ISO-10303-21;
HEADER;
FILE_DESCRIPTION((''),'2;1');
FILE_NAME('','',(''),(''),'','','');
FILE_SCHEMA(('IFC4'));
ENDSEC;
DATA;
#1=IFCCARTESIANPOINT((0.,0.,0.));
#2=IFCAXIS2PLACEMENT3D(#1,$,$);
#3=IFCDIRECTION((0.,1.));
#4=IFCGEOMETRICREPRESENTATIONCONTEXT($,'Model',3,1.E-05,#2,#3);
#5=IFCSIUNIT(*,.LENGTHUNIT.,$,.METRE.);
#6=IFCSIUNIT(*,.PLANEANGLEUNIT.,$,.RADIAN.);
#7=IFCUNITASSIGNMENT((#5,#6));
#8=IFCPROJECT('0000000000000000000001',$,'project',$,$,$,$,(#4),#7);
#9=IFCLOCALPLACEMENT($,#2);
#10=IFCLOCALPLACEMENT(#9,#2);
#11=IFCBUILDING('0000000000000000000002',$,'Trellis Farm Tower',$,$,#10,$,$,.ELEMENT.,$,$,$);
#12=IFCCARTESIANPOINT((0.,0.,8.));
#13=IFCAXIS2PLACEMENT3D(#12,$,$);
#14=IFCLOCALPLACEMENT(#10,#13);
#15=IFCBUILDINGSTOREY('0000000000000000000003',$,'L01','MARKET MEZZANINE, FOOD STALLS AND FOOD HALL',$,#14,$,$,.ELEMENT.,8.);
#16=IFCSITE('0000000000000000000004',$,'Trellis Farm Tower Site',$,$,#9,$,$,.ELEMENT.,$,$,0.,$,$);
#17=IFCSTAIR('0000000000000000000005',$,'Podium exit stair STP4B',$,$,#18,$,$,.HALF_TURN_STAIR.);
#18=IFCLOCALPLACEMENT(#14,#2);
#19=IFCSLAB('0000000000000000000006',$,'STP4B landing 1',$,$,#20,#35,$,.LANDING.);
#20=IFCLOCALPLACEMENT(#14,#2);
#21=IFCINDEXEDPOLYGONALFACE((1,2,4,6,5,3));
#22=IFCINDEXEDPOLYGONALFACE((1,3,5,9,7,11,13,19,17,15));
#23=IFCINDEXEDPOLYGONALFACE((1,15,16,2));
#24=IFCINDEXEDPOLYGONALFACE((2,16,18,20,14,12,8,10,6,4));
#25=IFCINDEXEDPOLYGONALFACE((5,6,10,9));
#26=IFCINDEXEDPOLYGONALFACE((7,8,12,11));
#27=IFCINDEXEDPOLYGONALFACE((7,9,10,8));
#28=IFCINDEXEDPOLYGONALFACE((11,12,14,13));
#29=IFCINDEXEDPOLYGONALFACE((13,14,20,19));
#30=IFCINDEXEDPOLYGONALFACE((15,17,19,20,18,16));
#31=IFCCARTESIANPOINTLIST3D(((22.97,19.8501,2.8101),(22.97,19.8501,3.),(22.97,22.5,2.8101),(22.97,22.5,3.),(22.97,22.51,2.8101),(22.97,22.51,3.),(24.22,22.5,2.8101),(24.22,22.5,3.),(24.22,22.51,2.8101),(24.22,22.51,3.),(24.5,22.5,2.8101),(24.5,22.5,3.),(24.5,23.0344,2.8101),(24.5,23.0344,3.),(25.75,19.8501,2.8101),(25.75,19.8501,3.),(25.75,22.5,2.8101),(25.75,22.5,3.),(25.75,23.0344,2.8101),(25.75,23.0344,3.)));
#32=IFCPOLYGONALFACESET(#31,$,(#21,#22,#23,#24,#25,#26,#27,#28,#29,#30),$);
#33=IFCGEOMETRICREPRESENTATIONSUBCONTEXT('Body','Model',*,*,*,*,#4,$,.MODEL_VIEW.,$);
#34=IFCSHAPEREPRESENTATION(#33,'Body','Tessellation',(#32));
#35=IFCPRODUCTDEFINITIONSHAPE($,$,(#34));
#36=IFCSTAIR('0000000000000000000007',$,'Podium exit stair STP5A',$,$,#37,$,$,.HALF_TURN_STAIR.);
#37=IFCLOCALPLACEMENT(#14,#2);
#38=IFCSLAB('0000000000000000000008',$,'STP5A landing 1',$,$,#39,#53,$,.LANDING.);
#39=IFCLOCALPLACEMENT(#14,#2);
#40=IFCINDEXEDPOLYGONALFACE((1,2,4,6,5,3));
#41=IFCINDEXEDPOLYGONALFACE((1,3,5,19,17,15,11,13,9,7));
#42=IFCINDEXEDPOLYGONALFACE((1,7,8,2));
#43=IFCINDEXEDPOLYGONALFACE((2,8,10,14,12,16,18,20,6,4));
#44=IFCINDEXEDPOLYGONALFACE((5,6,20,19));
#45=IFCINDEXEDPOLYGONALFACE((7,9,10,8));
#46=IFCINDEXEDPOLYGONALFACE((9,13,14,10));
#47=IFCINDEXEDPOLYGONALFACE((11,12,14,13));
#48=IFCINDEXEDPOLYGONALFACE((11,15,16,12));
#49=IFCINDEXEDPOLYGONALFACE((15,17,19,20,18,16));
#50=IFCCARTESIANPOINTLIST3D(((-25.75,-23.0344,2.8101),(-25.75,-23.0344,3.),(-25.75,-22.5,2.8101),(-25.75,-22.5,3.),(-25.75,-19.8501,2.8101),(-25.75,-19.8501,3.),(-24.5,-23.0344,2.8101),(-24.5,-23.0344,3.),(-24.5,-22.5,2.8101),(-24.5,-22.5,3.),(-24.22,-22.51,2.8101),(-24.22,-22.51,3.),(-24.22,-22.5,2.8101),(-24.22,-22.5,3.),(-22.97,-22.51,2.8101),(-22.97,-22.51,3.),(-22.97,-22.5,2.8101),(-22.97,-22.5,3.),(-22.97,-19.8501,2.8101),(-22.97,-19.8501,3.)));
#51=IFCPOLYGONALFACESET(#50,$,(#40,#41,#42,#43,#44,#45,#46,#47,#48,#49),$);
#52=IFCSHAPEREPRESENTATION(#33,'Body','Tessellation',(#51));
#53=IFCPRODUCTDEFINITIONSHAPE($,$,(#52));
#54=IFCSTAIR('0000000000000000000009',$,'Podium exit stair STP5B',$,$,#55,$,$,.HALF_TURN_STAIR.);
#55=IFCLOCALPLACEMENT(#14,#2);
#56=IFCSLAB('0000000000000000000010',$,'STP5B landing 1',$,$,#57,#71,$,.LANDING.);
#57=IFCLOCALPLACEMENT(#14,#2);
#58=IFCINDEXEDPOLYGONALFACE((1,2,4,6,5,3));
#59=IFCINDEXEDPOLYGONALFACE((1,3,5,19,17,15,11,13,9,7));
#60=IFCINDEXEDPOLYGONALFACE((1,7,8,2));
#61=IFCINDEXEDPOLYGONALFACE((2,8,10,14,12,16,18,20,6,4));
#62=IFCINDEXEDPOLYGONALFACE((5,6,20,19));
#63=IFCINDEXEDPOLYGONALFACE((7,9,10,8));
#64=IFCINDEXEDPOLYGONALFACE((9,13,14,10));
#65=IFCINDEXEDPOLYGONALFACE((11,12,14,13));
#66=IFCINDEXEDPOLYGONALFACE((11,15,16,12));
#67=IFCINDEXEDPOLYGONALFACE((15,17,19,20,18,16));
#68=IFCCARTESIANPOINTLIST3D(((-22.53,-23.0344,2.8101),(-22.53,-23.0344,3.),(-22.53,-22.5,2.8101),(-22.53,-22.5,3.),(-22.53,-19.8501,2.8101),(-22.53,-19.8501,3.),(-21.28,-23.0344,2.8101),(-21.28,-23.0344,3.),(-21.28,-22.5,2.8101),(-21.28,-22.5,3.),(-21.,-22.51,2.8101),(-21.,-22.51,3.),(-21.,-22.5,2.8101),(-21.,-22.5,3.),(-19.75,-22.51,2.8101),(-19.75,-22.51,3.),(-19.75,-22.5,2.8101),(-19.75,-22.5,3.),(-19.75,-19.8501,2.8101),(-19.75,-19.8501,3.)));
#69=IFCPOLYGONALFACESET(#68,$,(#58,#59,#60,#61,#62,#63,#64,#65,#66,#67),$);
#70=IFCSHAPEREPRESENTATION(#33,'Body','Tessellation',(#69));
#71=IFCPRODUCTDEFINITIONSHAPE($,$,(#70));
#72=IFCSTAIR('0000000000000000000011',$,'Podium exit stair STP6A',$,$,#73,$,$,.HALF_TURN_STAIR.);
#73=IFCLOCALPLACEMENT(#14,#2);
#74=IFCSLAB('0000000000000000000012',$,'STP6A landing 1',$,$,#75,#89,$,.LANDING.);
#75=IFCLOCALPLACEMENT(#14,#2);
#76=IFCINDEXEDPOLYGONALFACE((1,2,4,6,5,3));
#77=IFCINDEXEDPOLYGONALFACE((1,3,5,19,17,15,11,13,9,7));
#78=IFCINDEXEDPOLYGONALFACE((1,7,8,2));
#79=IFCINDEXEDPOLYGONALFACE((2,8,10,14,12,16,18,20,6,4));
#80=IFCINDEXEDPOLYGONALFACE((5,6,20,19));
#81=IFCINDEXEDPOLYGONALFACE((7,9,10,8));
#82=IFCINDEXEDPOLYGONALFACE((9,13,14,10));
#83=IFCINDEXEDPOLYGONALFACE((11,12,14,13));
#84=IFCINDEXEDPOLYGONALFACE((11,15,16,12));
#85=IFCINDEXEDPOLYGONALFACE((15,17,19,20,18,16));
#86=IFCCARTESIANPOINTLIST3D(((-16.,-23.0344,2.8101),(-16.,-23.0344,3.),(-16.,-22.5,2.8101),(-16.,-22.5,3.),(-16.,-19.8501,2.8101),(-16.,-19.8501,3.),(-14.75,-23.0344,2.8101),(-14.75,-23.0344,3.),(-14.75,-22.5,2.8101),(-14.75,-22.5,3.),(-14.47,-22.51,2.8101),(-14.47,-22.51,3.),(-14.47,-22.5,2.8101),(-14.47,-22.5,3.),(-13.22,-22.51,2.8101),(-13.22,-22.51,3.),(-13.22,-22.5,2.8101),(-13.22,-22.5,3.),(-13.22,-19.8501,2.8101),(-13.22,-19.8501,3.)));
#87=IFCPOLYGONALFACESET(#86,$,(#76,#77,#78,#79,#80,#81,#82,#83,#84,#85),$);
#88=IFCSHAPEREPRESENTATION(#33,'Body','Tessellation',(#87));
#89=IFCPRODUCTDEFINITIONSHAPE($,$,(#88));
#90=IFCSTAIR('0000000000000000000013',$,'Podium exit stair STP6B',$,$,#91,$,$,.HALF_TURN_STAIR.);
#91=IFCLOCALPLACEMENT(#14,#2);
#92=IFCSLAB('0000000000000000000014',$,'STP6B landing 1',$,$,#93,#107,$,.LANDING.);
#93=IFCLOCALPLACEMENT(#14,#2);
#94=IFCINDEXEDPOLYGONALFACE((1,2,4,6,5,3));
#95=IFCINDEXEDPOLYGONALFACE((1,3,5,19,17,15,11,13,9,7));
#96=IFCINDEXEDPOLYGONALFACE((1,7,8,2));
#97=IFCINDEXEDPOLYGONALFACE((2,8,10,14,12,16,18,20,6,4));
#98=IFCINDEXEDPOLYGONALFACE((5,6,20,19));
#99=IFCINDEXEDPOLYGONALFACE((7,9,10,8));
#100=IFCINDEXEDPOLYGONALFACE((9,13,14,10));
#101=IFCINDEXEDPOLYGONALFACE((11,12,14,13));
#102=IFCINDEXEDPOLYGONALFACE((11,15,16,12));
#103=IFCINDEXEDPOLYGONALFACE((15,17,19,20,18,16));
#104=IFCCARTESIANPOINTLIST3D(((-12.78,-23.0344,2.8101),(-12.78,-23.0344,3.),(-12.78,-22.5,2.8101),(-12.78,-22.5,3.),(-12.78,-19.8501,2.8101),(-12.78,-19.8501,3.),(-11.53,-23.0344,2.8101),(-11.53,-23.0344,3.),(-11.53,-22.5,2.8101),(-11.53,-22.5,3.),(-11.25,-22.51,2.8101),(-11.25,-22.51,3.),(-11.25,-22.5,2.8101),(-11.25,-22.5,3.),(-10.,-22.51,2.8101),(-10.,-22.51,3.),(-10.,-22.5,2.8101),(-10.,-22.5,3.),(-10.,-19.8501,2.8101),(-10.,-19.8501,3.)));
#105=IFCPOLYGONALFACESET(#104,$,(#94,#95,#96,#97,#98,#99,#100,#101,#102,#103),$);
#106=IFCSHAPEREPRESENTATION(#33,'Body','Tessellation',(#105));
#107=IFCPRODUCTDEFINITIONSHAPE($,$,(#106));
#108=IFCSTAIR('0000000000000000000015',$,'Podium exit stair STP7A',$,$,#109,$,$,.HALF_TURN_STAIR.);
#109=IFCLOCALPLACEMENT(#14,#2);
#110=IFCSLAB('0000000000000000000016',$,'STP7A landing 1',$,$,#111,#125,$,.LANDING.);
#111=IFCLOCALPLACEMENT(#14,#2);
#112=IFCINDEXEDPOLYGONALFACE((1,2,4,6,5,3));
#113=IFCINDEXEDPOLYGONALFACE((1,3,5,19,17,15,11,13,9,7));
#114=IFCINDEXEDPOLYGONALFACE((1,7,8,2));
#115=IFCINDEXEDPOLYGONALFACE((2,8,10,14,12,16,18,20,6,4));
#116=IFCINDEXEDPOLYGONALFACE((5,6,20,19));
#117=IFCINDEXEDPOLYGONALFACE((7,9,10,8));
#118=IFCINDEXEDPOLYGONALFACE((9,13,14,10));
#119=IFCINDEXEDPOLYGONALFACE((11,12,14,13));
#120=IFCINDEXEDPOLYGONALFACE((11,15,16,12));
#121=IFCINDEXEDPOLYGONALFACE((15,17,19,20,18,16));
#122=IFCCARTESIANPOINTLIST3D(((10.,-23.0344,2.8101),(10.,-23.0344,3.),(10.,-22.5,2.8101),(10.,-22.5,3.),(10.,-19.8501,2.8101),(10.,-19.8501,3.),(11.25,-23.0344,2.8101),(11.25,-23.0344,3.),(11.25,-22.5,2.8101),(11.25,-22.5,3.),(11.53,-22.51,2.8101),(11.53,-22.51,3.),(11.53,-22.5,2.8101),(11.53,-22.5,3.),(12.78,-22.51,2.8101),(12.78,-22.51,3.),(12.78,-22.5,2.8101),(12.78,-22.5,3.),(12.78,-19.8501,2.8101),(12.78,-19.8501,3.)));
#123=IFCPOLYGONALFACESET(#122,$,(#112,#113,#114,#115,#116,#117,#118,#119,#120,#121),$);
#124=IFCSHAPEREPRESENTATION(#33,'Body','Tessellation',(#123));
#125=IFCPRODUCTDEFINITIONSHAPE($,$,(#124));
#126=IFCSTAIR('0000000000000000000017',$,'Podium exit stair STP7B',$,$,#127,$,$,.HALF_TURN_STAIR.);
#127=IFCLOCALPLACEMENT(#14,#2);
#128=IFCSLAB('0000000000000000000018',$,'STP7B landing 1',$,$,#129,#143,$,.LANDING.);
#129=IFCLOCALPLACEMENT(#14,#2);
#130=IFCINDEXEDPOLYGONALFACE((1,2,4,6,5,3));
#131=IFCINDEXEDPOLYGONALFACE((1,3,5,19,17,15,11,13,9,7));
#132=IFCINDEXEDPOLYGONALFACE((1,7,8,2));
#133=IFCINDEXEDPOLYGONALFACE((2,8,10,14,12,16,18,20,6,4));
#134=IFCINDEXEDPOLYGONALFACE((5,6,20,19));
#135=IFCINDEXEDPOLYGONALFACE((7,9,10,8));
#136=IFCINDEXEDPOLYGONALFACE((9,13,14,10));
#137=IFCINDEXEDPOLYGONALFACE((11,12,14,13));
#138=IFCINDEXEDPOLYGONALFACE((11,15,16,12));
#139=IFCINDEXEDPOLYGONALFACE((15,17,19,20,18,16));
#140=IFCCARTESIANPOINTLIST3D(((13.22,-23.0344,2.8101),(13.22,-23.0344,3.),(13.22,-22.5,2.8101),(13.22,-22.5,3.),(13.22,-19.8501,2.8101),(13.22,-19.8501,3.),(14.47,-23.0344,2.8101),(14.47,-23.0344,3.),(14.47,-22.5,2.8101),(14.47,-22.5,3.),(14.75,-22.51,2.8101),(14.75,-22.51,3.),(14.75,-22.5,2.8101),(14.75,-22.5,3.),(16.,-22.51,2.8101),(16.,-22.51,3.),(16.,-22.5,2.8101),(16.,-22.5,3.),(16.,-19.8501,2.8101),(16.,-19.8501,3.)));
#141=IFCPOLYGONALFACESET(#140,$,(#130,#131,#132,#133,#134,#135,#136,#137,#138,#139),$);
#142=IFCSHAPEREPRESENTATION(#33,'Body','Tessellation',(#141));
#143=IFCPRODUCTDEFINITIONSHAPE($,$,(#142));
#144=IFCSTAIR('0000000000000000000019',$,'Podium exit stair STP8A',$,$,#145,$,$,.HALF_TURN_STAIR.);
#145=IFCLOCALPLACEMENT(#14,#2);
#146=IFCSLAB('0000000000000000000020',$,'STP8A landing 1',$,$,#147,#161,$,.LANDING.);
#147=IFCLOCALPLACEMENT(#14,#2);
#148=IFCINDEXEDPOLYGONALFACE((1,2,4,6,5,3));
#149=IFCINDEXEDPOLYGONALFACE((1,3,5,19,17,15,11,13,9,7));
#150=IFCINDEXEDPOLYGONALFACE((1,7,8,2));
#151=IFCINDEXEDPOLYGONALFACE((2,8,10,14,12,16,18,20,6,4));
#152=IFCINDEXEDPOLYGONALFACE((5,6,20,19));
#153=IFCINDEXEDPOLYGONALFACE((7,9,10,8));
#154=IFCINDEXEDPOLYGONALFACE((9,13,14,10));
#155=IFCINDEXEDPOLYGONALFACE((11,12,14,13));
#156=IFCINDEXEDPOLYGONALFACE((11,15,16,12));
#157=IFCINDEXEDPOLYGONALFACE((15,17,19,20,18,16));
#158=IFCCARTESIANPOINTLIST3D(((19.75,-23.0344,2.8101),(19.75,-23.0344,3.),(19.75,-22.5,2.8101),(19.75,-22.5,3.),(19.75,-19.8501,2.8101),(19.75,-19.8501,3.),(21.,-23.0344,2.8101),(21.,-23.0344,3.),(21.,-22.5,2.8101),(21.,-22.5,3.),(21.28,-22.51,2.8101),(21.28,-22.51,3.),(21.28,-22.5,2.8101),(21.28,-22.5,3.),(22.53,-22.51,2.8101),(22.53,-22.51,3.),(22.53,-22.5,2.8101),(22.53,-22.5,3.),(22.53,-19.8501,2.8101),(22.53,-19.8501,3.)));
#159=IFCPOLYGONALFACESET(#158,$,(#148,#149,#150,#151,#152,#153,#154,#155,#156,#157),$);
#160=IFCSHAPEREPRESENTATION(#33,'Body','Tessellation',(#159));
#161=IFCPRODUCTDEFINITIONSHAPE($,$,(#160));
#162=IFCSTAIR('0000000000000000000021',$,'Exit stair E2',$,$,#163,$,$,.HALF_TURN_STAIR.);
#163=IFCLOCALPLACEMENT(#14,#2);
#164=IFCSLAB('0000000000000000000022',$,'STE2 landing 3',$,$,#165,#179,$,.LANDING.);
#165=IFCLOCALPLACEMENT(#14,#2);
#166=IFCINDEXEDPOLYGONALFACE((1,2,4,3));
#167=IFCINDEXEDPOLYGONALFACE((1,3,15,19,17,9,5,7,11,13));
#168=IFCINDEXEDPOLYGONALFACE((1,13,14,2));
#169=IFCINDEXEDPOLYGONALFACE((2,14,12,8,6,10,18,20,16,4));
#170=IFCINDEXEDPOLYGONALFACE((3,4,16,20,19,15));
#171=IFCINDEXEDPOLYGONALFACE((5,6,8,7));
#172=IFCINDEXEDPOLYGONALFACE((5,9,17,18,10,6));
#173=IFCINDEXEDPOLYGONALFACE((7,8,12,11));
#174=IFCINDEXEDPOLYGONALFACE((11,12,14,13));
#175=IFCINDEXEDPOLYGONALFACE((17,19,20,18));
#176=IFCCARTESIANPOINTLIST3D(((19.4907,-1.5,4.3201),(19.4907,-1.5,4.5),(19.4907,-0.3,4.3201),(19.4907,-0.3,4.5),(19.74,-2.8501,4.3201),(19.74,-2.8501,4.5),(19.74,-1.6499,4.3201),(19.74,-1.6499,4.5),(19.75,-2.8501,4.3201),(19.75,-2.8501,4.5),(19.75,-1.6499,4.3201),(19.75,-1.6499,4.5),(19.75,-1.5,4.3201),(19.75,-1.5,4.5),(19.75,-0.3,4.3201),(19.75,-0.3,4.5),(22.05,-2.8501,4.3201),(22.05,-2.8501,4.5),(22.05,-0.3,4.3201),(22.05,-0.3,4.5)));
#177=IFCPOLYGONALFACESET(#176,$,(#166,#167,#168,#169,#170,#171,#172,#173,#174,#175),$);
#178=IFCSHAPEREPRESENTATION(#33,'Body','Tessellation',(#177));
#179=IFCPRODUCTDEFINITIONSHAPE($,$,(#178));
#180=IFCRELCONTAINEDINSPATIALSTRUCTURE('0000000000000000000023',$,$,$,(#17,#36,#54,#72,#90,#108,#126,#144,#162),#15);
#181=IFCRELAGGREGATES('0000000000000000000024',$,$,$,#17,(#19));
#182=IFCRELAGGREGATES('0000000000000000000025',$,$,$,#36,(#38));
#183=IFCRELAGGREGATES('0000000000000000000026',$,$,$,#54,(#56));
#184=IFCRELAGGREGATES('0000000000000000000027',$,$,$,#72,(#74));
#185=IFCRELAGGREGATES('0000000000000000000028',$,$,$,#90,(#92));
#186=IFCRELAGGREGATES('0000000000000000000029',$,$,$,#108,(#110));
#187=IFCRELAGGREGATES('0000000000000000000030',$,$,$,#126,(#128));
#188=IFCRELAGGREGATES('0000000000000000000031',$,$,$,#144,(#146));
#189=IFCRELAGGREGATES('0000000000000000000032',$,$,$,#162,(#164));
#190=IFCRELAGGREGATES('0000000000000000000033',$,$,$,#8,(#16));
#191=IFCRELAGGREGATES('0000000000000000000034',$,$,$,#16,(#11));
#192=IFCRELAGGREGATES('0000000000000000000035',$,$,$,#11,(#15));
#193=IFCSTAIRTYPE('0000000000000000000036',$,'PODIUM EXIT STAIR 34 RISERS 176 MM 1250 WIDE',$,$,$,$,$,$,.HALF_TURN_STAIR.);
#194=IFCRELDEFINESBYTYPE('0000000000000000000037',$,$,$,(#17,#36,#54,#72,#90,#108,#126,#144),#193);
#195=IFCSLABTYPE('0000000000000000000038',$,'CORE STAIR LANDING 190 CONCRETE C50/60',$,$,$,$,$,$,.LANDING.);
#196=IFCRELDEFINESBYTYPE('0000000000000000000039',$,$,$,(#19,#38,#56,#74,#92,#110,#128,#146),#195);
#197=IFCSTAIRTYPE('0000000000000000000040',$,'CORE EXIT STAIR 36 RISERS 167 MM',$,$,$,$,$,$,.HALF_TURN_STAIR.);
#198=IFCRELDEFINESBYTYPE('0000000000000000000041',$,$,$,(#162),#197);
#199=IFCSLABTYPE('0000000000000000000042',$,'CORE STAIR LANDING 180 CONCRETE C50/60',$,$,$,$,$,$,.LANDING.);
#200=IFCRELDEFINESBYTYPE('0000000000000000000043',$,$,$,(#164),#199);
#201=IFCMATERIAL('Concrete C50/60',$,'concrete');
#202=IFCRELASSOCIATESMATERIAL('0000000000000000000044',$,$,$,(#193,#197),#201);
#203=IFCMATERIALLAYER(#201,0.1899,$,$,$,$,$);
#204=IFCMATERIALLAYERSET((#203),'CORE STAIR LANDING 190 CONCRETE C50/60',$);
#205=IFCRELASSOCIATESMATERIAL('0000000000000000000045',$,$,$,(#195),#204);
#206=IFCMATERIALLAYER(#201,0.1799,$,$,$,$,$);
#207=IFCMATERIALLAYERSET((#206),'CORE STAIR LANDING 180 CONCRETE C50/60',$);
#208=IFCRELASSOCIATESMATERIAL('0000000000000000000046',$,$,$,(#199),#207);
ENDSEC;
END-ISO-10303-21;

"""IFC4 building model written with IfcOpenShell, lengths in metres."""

from ifc_helpers import new_model, si_unit, direction, frame, origin, place, context, subcontext, project, spatial, polyline, outline, extrude, source, transform, mapped, material, layer, layer_set, type_object, element, aggregate, save


model = new_model("IFC4")

# Units and contexts
model_context = context("Model", 3, precision=1e-05, world=origin(), true_north=direction((0.0, 1.0)))
body_context = subcontext(model_context, "Body", "Model", "MODEL_VIEW")
ifc_project = project(units=[si_unit("LENGTHUNIT", "METRE"), si_unit("PLANEANGLEUNIT", "RADIAN")], contexts=[model_context])

# Site, building, storey
site_placement = place(None, origin())
site = spatial("IfcSite", under=ifc_project, at=site_placement, Name="Trellis Farm Tower Site", CompositionType="ELEMENT", RefElevation=0.0)
building_placement = place(site_placement, origin())
building = spatial("IfcBuilding", under=site, at=building_placement, Name="Trellis Farm Tower", CompositionType="ELEMENT")
storey_placement = place(building_placement, frame((0.0, 0.0, 8.0)))
storey = spatial("IfcBuildingStorey", under=building, at=storey_placement, Name="L01", Description="MARKET MEZZANINE, FOOD STALLS AND FOOD HALL", CompositionType="ELEMENT", Elevation=8.0)

# Stairs, slabs
ifc_material_1 = material(Name="Concrete C50/60", Category="concrete")
stair_type_1 = type_object("IfcStairType", Name="PODIUM EXIT STAIR 34 RISERS 176 MM 1250 WIDE", PredefinedType="HALF_TURN_STAIR", material=ifc_material_1)
placement_1 = place(storey_placement, origin())
ifc_layer_1 = layer(ifc_material_1, 0.1899)
ifc_layer_set_1 = layer_set([ifc_layer_1], Name="CORE STAIR LANDING 190 CONCRETE C50/60")
slab_type_1 = type_object("IfcSlabType", Name="CORE STAIR LANDING 190 CONCRETE C50/60", PredefinedType="LANDING", material=ifc_layer_set_1)
placement_2 = place(storey_placement, frame((0.0, 0.0, 2.8101)))
stair_1 = element("IfcStair", 1, at=placement_1, inside=storey, type_object=stair_type_1, Name="Podium exit stair STP4B", PredefinedType="HALF_TURN_STAIR")
slab_1 = element("IfcSlab", 2, at=placement_2, type_object=slab_type_1, Name="STP4B landing 1", PredefinedType="LANDING", context=body_context, shape_type="SweptSolid", body=[
    extrude(outline(polyline([(25.75, 19.8501), (22.97, 19.8501), (22.97, 22.5), (22.97, 22.51), (24.22, 22.51), (24.22, 22.5), (24.5, 22.5), (24.5, 23.0344), (25.75, 23.0344), (25.75, 22.5), (25.75, 19.8501)])), origin(), (0.0, 0.0, 1.0), 0.1899),
])
aggregate(stair_1, [slab_1])
stair_2 = element("IfcStair", 3, at=placement_1, inside=storey, type_object=stair_type_1, Name="Podium exit stair STP5A", PredefinedType="HALF_TURN_STAIR")
slab_2 = element("IfcSlab", 4, at=placement_2, type_object=slab_type_1, Name="STP5A landing 1", PredefinedType="LANDING", context=body_context, shape_type="SweptSolid", body=[
    extrude(outline(polyline([(-24.5, -23.0344), (-25.75, -23.0344), (-25.75, -22.5), (-25.75, -19.8501), (-22.97, -19.8501), (-22.97, -22.5), (-22.97, -22.51), (-24.22, -22.51), (-24.22, -22.5), (-24.5, -22.5), (-24.5, -23.0344)])), origin(), (0.0, 0.0, 1.0), 0.1899),
])
aggregate(stair_2, [slab_2])
stair_3 = element("IfcStair", 5, at=placement_1, inside=storey, type_object=stair_type_1, Name="Podium exit stair STP5B", PredefinedType="HALF_TURN_STAIR")
slab_3 = element("IfcSlab", 6, at=placement_2, type_object=slab_type_1, Name="STP5B landing 1", PredefinedType="LANDING", context=body_context, shape_type="SweptSolid", body=[
    extrude(outline(polyline([(-21.28, -23.0344), (-22.53, -23.0344), (-22.53, -22.5), (-22.53, -19.8501), (-19.75, -19.8501), (-19.75, -22.5), (-19.75, -22.51), (-21.0, -22.51), (-21.0, -22.5), (-21.28, -22.5), (-21.28, -23.0344)])), origin(), (0.0, 0.0, 1.0), 0.1899),
])
aggregate(stair_3, [slab_3])
stair_4 = element("IfcStair", 7, at=placement_1, inside=storey, type_object=stair_type_1, Name="Podium exit stair STP6A", PredefinedType="HALF_TURN_STAIR")
slab_4 = element("IfcSlab", 8, at=placement_2, type_object=slab_type_1, Name="STP6A landing 1", PredefinedType="LANDING", context=body_context, shape_type="SweptSolid", body=[
    extrude(outline(polyline([(-14.75, -23.0344), (-16.0, -23.0344), (-16.0, -22.5), (-16.0, -19.8501), (-13.22, -19.8501), (-13.22, -22.5), (-13.22, -22.51), (-14.47, -22.51), (-14.47, -22.5), (-14.75, -22.5), (-14.75, -23.0344)])), origin(), (0.0, 0.0, 1.0), 0.1899),
])
aggregate(stair_4, [slab_4])
stair_5 = element("IfcStair", 9, at=placement_1, inside=storey, type_object=stair_type_1, Name="Podium exit stair STP6B", PredefinedType="HALF_TURN_STAIR")
slab_5 = element("IfcSlab", 10, at=placement_2, type_object=slab_type_1, Name="STP6B landing 1", PredefinedType="LANDING", context=body_context, shape_type="SweptSolid", body=[
    extrude(outline(polyline([(-11.53, -23.0344), (-12.78, -23.0344), (-12.78, -22.5), (-12.78, -19.8501), (-10.0, -19.8501), (-10.0, -22.5), (-10.0, -22.51), (-11.25, -22.51), (-11.25, -22.5), (-11.53, -22.5), (-11.53, -23.0344)])), origin(), (0.0, 0.0, 1.0), 0.1899),
])
aggregate(stair_5, [slab_5])
stair_6 = element("IfcStair", 11, at=placement_1, inside=storey, type_object=stair_type_1, Name="Podium exit stair STP7A", PredefinedType="HALF_TURN_STAIR")
slab_6 = element("IfcSlab", 12, at=placement_2, type_object=slab_type_1, Name="STP7A landing 1", PredefinedType="LANDING", context=body_context, shape_type="SweptSolid", body=[
    extrude(outline(polyline([(11.25, -23.0344), (10.0, -23.0344), (10.0, -22.5), (10.0, -19.8501), (12.78, -19.8501), (12.78, -22.5), (12.78, -22.51), (11.53, -22.51), (11.53, -22.5), (11.25, -22.5), (11.25, -23.0344)])), origin(), (0.0, 0.0, 1.0), 0.1899),
])
aggregate(stair_6, [slab_6])
stair_7 = element("IfcStair", 13, at=placement_1, inside=storey, type_object=stair_type_1, Name="Podium exit stair STP7B", PredefinedType="HALF_TURN_STAIR")
slab_7 = element("IfcSlab", 14, at=placement_2, type_object=slab_type_1, Name="STP7B landing 1", PredefinedType="LANDING", context=body_context, shape_type="SweptSolid", body=[
    extrude(outline(polyline([(14.47, -23.0344), (13.22, -23.0344), (13.22, -22.5), (13.22, -19.8501), (16.0, -19.8501), (16.0, -22.5), (16.0, -22.51), (14.75, -22.51), (14.75, -22.5), (14.47, -22.5), (14.47, -23.0344)])), origin(), (0.0, 0.0, 1.0), 0.1899),
])
aggregate(stair_7, [slab_7])
stair_8 = element("IfcStair", 15, at=placement_1, inside=storey, type_object=stair_type_1, Name="Podium exit stair STP8A", PredefinedType="HALF_TURN_STAIR")
slab_8 = element("IfcSlab", 16, at=placement_2, type_object=slab_type_1, Name="STP8A landing 1", PredefinedType="LANDING", context=body_context, shape_type="SweptSolid", body=[
    extrude(outline(polyline([(21.0, -23.0344), (19.75, -23.0344), (19.75, -22.5), (19.75, -19.8501), (22.53, -19.8501), (22.53, -22.5), (22.53, -22.51), (21.28, -22.51), (21.28, -22.5), (21.0, -22.5), (21.0, -23.0344)])), origin(), (0.0, 0.0, 1.0), 0.1899),
])
aggregate(stair_8, [slab_8])
stair_type_2 = type_object("IfcStairType", Name="CORE EXIT STAIR 36 RISERS 167 MM", PredefinedType="HALF_TURN_STAIR", material=ifc_material_1)
stair_9 = element("IfcStair", 17, at=placement_1, inside=storey, type_object=stair_type_2, Name="Exit stair E2", PredefinedType="HALF_TURN_STAIR")
ifc_layer_2 = layer(ifc_material_1, 0.1799)
ifc_layer_set_2 = layer_set([ifc_layer_2], Name="CORE STAIR LANDING 180 CONCRETE C50/60")
slab_type_2 = type_object("IfcSlabType", Name="CORE STAIR LANDING 180 CONCRETE C50/60", PredefinedType="LANDING", material=ifc_layer_set_2)
shared_shape_1 = source(origin(), body_context, "Body", "SweptSolid", [
    extrude(outline(polyline([(19.74, -2.8501), (19.74, -1.6499), (19.75, -1.6499), (19.75, -1.5), (19.4907, -1.5), (19.4907, -0.3), (19.75, -0.3), (22.05, -0.3), (22.05, -2.8501), (19.75, -2.8501), (19.74, -2.8501)])), origin(), (0.0, 0.0, 1.0), 0.1799),
])
slab_9_placement = place(storey_placement, frame((0.0, 0.0, 4.3201)))
slab_9 = element("IfcSlab", 18, at=slab_9_placement, type_object=slab_type_2, Name="STE2 landing 3", PredefinedType="LANDING", context=body_context, shape_type="MappedRepresentation", body=[
    mapped(shared_shape_1, transform((0.0, 0.0, 0.0))),
])
aggregate(stair_9, [slab_9])

save(model, "model.ifc")
